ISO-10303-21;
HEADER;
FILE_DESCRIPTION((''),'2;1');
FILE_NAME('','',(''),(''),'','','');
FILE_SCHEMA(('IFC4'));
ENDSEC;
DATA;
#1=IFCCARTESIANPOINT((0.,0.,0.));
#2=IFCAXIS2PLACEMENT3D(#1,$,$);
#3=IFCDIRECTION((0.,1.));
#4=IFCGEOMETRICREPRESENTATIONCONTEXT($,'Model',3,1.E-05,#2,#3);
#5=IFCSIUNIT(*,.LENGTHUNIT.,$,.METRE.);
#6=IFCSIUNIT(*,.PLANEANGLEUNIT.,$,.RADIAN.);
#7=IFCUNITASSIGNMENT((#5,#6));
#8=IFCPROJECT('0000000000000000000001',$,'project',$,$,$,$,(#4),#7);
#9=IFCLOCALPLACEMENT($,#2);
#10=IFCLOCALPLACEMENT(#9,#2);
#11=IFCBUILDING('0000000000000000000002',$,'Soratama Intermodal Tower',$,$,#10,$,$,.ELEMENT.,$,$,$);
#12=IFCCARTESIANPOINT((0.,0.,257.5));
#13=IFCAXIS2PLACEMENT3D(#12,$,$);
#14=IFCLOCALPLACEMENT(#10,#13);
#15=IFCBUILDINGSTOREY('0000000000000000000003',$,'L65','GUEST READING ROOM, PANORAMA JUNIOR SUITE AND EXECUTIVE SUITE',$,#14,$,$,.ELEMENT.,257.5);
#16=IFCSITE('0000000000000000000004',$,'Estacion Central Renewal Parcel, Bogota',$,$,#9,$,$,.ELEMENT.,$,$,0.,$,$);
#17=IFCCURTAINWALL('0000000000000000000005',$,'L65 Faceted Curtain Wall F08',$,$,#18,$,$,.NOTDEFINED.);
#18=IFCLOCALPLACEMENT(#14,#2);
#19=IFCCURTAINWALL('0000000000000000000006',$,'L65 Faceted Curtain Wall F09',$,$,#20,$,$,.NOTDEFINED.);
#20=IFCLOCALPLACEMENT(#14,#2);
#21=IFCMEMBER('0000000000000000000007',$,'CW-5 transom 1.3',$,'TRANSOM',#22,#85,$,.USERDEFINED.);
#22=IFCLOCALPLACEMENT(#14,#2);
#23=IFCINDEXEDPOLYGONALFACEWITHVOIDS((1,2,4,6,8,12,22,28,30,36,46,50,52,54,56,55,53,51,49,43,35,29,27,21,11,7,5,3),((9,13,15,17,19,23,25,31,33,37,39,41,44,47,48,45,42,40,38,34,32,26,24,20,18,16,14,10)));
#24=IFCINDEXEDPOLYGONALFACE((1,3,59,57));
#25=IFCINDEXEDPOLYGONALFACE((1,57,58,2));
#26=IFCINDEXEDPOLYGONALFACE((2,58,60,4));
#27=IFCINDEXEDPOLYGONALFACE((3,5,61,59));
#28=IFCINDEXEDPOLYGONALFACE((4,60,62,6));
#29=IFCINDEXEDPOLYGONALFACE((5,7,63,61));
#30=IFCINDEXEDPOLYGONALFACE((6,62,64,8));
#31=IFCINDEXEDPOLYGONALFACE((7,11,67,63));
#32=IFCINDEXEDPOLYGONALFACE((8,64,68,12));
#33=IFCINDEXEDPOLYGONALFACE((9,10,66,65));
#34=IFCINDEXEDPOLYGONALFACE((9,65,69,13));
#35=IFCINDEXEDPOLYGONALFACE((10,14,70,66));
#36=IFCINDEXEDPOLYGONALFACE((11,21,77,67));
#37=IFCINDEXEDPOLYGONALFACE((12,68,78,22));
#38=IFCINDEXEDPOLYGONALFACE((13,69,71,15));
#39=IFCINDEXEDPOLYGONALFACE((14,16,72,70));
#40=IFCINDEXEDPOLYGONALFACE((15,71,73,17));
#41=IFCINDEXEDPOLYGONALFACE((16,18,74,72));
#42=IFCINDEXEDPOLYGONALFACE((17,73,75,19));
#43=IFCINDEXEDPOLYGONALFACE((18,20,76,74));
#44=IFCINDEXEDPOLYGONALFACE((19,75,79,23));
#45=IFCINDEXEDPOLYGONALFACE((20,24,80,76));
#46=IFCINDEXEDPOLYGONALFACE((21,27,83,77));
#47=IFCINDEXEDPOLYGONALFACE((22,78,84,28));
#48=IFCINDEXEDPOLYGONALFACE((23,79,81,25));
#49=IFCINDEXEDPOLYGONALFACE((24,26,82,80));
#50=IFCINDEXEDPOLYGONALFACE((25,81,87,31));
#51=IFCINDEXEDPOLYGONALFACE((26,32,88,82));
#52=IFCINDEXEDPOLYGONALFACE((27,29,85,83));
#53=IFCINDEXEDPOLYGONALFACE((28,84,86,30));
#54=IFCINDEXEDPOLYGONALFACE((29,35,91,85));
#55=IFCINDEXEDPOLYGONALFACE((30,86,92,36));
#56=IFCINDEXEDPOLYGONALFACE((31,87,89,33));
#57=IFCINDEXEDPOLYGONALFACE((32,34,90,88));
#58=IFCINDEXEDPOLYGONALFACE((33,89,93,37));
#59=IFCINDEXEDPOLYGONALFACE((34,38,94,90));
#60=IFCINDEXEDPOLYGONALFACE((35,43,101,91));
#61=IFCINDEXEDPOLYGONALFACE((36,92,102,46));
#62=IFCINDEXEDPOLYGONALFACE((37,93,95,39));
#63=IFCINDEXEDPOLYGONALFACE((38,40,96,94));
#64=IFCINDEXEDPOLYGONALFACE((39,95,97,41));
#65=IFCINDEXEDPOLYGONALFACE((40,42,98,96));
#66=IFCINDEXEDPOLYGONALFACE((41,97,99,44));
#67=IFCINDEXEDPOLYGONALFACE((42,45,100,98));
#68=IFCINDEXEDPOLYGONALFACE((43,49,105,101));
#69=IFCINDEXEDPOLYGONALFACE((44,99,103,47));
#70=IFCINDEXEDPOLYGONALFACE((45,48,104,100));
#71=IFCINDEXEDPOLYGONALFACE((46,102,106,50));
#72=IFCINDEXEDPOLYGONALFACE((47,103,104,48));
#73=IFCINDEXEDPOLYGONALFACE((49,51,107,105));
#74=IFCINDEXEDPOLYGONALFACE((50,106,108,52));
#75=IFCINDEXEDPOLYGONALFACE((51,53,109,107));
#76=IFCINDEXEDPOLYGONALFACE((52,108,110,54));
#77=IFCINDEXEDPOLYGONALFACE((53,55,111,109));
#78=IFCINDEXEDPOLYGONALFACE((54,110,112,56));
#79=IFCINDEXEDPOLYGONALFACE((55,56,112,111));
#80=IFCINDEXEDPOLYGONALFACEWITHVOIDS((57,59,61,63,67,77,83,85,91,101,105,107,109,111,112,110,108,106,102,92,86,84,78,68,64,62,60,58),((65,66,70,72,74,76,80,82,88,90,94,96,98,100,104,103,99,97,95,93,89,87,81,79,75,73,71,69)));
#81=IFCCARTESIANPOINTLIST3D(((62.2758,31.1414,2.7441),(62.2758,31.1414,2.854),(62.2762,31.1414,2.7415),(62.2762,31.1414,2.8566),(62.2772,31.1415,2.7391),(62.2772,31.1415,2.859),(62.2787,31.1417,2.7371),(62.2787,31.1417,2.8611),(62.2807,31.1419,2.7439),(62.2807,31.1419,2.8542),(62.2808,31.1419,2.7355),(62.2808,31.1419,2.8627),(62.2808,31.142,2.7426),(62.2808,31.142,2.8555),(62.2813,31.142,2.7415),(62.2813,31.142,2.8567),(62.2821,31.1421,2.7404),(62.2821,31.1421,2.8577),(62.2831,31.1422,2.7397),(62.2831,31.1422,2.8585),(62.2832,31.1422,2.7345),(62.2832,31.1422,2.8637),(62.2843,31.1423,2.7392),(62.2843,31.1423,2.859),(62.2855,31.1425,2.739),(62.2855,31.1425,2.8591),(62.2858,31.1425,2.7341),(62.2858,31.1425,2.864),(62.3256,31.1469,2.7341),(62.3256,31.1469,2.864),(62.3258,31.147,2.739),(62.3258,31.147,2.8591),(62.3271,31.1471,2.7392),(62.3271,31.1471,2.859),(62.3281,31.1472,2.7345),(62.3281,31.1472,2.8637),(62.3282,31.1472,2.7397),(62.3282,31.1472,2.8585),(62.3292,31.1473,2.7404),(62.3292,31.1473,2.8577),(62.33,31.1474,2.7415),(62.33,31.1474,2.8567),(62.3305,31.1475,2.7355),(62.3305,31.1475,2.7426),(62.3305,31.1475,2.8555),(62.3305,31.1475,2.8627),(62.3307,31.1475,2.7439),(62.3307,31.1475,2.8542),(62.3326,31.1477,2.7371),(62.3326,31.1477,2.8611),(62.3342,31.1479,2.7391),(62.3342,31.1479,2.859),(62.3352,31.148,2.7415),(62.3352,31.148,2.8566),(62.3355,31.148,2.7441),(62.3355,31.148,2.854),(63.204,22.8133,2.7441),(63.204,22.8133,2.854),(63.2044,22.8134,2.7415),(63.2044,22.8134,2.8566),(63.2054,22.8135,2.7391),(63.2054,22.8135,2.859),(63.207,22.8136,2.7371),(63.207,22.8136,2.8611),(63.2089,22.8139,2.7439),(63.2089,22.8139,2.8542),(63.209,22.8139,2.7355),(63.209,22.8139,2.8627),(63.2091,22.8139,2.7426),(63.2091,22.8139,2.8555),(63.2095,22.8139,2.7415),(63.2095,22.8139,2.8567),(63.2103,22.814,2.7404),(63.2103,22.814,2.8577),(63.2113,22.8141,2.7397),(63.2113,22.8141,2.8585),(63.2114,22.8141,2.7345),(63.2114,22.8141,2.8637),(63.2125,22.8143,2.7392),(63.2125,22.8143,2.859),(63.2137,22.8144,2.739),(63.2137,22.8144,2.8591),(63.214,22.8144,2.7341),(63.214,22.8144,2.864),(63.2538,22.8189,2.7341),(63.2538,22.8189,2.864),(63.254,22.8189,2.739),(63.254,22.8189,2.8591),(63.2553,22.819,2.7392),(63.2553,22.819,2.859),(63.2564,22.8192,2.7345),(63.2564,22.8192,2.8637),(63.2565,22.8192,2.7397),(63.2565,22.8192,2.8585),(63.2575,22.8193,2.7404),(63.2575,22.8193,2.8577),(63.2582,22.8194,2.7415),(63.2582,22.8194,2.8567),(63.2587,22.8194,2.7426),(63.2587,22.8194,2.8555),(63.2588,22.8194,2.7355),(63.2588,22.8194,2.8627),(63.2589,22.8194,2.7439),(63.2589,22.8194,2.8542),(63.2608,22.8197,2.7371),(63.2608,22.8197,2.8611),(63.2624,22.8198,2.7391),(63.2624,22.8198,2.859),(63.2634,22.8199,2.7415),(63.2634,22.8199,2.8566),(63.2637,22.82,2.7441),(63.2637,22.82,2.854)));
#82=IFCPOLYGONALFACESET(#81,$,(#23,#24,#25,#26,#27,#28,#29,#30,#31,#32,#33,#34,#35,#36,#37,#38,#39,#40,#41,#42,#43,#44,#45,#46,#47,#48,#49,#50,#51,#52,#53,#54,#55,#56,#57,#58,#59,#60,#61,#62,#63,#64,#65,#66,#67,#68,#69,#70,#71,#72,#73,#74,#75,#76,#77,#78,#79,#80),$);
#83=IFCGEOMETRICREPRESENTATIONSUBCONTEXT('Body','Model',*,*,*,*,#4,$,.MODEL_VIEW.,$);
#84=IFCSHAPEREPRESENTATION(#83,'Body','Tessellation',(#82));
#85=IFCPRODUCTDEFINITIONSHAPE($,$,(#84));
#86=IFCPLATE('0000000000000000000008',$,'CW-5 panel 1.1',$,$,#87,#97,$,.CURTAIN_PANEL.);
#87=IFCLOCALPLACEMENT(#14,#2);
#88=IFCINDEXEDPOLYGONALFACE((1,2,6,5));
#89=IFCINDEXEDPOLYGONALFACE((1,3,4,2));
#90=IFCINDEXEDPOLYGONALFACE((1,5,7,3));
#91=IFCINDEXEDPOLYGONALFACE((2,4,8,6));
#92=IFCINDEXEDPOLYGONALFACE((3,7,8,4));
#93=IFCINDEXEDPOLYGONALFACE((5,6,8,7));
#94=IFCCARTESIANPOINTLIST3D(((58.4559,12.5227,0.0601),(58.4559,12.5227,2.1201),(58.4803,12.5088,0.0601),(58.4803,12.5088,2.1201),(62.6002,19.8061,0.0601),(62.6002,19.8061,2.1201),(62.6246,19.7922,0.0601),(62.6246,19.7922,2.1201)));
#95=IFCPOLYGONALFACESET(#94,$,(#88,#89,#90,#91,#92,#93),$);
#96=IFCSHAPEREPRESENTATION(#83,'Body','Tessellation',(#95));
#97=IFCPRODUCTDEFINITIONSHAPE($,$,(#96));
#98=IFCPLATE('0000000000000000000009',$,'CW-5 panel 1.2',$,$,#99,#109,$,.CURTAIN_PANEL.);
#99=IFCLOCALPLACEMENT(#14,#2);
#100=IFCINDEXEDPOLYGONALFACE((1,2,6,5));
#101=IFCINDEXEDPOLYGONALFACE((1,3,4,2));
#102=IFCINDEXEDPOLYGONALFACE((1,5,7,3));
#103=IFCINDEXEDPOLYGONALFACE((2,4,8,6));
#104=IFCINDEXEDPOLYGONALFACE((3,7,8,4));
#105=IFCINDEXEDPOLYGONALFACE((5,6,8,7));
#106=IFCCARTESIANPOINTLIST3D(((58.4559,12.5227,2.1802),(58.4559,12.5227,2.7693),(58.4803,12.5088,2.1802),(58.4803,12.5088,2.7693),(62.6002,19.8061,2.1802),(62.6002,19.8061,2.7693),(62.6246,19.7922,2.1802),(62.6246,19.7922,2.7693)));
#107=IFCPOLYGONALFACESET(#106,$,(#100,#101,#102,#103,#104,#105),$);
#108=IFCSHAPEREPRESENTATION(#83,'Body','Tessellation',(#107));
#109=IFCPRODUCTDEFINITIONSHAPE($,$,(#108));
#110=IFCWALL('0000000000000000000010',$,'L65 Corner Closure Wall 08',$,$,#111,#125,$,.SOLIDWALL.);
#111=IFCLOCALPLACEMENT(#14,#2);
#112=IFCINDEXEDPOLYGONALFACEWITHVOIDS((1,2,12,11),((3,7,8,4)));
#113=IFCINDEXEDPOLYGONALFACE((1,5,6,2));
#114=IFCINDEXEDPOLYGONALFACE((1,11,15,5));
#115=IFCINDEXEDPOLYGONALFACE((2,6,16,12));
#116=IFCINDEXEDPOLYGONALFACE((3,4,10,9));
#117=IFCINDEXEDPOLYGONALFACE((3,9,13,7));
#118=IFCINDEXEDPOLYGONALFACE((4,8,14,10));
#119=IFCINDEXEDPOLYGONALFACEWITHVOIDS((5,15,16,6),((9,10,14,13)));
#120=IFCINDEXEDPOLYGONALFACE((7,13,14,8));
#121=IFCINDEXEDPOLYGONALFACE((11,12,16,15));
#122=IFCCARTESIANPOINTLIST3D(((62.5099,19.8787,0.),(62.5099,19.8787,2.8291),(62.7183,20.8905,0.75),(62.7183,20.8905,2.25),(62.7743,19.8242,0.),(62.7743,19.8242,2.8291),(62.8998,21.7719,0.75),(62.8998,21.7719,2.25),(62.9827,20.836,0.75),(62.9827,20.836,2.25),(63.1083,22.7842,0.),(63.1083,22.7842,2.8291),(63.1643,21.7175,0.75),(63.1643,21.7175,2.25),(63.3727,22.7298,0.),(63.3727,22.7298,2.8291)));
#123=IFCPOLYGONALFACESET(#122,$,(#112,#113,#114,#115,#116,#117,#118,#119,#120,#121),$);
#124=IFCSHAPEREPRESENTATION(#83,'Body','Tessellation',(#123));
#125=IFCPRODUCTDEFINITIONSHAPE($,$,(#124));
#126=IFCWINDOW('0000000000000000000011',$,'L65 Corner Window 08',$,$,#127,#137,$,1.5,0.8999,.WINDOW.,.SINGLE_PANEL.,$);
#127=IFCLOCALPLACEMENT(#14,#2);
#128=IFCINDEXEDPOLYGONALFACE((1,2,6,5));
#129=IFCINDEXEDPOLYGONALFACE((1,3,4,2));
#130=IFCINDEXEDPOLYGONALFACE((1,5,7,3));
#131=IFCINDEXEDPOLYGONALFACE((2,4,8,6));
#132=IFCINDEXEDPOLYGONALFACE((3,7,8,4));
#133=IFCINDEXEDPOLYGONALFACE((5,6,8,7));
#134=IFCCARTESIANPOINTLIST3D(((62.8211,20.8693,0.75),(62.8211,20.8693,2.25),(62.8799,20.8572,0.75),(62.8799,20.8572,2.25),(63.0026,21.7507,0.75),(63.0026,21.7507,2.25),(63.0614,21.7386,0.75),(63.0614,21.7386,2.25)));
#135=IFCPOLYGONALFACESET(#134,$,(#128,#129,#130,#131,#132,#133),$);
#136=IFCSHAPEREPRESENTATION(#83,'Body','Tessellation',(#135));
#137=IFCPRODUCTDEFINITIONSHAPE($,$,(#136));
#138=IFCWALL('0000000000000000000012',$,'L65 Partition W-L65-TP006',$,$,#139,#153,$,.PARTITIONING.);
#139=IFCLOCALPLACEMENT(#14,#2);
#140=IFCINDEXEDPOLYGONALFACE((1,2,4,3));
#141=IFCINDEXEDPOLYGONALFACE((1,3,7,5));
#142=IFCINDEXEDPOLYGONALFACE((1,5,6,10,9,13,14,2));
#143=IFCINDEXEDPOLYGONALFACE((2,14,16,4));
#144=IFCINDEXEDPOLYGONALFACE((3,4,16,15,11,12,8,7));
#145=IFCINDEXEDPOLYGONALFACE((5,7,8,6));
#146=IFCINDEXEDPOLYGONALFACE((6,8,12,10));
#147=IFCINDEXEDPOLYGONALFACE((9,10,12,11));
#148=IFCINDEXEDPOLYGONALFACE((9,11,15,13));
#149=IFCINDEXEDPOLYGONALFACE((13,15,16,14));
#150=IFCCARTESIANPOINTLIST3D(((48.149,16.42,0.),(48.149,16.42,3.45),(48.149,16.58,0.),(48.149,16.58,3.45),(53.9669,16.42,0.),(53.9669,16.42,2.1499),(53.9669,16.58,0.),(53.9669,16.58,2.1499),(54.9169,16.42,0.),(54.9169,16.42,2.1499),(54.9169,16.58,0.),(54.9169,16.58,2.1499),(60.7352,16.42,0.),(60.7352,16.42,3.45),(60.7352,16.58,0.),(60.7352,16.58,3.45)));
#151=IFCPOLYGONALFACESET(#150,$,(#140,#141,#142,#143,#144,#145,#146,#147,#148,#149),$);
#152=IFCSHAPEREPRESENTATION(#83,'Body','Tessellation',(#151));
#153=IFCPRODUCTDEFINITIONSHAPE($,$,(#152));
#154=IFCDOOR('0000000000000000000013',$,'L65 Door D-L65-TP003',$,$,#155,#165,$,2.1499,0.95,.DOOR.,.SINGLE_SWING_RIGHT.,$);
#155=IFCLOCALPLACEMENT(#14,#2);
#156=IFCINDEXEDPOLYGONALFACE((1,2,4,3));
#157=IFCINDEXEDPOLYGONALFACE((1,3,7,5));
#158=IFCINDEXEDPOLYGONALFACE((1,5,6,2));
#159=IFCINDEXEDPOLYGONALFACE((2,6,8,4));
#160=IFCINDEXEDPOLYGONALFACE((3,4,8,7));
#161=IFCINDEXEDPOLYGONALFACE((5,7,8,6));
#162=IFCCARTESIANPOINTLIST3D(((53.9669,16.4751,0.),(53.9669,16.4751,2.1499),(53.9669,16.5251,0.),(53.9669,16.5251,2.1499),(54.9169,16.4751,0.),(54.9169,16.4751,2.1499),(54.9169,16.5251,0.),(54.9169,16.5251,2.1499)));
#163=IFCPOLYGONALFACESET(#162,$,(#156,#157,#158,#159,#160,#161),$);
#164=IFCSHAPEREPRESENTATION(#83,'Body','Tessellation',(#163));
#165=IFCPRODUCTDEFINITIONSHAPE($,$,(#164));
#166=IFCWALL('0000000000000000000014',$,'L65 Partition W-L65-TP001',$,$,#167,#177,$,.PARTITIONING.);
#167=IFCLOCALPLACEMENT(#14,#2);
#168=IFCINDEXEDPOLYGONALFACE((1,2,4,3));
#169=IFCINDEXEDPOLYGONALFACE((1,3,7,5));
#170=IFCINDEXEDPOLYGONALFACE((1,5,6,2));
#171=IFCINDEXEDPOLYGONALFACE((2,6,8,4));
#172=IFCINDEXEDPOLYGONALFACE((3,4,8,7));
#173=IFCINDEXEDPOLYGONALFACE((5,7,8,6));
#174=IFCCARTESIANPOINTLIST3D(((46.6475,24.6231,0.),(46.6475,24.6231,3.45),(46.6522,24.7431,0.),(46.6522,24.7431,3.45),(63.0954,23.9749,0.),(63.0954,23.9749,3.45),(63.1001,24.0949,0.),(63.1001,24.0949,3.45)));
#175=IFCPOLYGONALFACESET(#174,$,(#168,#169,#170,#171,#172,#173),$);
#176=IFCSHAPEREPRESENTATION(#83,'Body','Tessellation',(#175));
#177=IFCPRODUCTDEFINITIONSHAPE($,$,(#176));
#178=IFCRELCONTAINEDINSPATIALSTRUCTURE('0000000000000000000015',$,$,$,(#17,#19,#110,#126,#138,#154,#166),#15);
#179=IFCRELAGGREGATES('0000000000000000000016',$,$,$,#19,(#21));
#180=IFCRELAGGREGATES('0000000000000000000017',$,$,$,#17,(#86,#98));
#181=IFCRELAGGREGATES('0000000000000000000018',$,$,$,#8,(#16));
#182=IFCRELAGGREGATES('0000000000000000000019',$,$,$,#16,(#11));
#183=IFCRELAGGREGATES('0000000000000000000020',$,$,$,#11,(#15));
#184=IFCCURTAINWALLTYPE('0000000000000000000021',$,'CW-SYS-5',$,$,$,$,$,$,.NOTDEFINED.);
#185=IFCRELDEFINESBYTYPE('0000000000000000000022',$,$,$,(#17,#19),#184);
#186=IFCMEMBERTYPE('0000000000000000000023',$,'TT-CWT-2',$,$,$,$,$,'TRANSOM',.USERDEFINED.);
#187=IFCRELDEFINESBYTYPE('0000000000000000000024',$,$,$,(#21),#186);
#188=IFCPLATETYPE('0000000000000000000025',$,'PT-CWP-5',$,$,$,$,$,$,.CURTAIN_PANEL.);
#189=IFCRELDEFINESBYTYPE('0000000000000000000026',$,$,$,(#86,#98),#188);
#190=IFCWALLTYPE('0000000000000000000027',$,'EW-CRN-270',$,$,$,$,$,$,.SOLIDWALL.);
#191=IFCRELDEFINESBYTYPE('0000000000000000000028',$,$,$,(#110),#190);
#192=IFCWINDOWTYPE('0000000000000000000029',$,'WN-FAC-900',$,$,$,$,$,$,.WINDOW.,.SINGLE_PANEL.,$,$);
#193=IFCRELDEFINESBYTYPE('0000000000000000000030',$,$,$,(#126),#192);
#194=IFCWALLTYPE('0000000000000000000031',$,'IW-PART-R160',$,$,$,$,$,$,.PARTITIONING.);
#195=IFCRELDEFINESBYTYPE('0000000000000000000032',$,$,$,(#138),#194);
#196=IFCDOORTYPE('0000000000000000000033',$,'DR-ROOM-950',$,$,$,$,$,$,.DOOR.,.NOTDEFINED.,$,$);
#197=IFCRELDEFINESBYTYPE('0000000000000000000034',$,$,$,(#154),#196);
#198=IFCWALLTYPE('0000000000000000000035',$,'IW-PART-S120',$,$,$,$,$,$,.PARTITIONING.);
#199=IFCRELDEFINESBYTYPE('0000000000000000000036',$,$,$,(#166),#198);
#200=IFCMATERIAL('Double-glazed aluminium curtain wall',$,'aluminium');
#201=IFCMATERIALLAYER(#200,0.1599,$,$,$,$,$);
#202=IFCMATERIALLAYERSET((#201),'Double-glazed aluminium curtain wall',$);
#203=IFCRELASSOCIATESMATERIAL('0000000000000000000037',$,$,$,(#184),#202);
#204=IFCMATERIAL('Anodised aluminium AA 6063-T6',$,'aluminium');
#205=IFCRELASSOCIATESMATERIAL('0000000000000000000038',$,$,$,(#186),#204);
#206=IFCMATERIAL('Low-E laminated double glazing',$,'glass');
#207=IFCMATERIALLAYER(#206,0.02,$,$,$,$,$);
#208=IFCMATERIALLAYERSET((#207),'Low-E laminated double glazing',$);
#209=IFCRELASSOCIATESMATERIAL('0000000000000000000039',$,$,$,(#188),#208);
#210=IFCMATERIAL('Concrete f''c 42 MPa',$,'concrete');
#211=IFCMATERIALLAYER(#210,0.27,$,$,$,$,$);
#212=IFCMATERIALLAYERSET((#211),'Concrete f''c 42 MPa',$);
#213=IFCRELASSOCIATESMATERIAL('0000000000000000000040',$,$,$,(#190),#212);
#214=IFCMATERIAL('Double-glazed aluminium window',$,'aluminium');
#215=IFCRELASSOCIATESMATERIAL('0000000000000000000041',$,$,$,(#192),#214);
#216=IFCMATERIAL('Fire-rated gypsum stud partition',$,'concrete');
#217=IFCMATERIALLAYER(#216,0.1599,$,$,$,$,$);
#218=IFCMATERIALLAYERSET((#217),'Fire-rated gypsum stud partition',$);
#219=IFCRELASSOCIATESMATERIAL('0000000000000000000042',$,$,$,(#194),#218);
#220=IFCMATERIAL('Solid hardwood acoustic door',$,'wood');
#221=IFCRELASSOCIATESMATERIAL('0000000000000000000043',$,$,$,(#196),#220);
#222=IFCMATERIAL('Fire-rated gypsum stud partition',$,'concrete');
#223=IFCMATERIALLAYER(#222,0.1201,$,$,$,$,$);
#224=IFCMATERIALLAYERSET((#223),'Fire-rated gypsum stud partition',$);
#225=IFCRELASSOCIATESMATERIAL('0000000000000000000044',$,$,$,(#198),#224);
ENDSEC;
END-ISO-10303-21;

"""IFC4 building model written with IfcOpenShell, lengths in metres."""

from ifc_helpers import new_model, si_unit, direction, frame, frame_2d, origin, origin_2d, place, context, subcontext, project, spatial, rectangle, hollow_rectangle, extrude, material, layer, layer_set, material_profile, profile_set, type_object, element, fill, aggregate, save


model = new_model("IFC4")

# Units and contexts
model_context = context("Model", 3, precision=1e-05, world=origin(), true_north=direction((0.0, 1.0)))
body_context = subcontext(model_context, "Body", "Model", "MODEL_VIEW")
ifc_project = project(units=[si_unit("LENGTHUNIT", "METRE"), si_unit("PLANEANGLEUNIT", "RADIAN")], contexts=[model_context])

# Site, building, storey
site_placement = place(None, origin())
site = spatial("IfcSite", under=ifc_project, at=site_placement, Name="Estacion Central Renewal Parcel, Bogota", CompositionType="ELEMENT", RefElevation=0.0)
building_placement = place(site_placement, origin())
building = spatial("IfcBuilding", under=site, at=building_placement, Name="Soratama Intermodal Tower", CompositionType="ELEMENT")
storey_placement = place(building_placement, frame((0.0, 0.0, 257.5)))
storey = spatial("IfcBuildingStorey", under=building, at=storey_placement, Name="L65", Description="GUEST READING ROOM, PANORAMA JUNIOR SUITE AND EXECUTIVE SUITE", CompositionType="ELEMENT", Elevation=257.5)

# Curtain wall
ifc_material_1 = material(Name="Double-glazed aluminium curtain wall", Category="aluminium")
ifc_layer_1 = layer(ifc_material_1, 0.1599)
ifc_layer_set_1 = layer_set([ifc_layer_1], Name="Double-glazed aluminium curtain wall")
curtain_wall_type = type_object("IfcCurtainWallType", Name="CW-SYS-5", PredefinedType="NOTDEFINED", material=ifc_layer_set_1)
curtain_wall_1_placement = place(storey_placement, origin())
curtain_wall_1 = element("IfcCurtainWall", 1, at=curtain_wall_1_placement, inside=storey, type_object=curtain_wall_type, Name="L65 Faceted Curtain Wall F08", PredefinedType="NOTDEFINED")

# Curtain wall, member
curtain_wall_2_placement = place(storey_placement, origin())
curtain_wall_2 = element("IfcCurtainWall", 2, at=curtain_wall_2_placement, inside=storey, type_object=curtain_wall_type, Name="L65 Faceted Curtain Wall F09", PredefinedType="NOTDEFINED")
ifc_material_2 = material(Name="Anodised aluminium AA 6063-T6", Category="aluminium")
ifc_material_profile_1 = material_profile(ifc_material_2, hollow_rectangle(XDim=0.0601, YDim=0.1299, WallThickness=0.0049, InnerFilletRadius=0.0049, OuterFilletRadius=0.01, at=origin_2d()), Name="CWT130X60X5")
ifc_profile_set_1 = profile_set([ifc_material_profile_1], Name="Anodised aluminium AA 6063-T6")
member_type_1 = type_object("IfcMemberType", Name="TT-CWT-2", ElementType="TRANSOM", PredefinedType="USERDEFINED", material=ifc_profile_set_1)
member_1_placement = place(storey_placement, frame((63.2339, 22.8167, 2.7991), z_axis=(-0.11077, 0.993846, 0.0), x_axis=(-0.993846, -0.11077, 0.0)))
member_1 = element("IfcMember", 3, at=member_1_placement, type_object=member_type_1, Name="CW-5 transom 1.3", ObjectType="TRANSOM", PredefinedType="USERDEFINED", context=body_context, shape_type="SweptSolid", body=[
    extrude(hollow_rectangle(XDim=0.0601, YDim=0.1299, WallThickness=0.0049, InnerFilletRadius=0.0049, OuterFilletRadius=0.01, at=origin_2d()), origin(), (0.0, 0.0, 1.0), 8.3796),
])
aggregate(curtain_wall_2, [member_1])

# Plates
ifc_material_3 = material(Name="Low-E laminated double glazing", Category="glass")
ifc_layer_2 = layer(ifc_material_3, 0.02)
ifc_layer_set_2 = layer_set([ifc_layer_2], Name="Low-E laminated double glazing")
plate_type = type_object("IfcPlateType", Name="PT-CWP-5", PredefinedType="CURTAIN_PANEL", material=ifc_layer_set_2)
plate_1_placement = place(storey_placement, frame((60.5403, 16.1575, 0.0601), z_axis=(0.0, 0.0, 1.0), x_axis=(0.494552, 0.869148, 0.0)))
plate_1 = element("IfcPlate", 4, at=plate_1_placement, type_object=plate_type, Name="CW-5 panel 1.1", PredefinedType="CURTAIN_PANEL", context=body_context, shape_type="SweptSolid", body=[
    extrude(rectangle(XDim=8.3799, YDim=0.0281, at=origin_2d()), origin(), (0.0, 0.0, 1.0), 2.0601),
])
plate_2_placement = place(storey_placement, frame((60.5403, 16.1575, 2.1802), z_axis=(0.0, 0.0, 1.0), x_axis=(0.494552, 0.869148, 0.0)))
plate_2 = element("IfcPlate", 5, at=plate_2_placement, type_object=plate_type, Name="CW-5 panel 1.2", PredefinedType="CURTAIN_PANEL", context=body_context, shape_type="SweptSolid", body=[
    extrude(rectangle(XDim=8.3799, YDim=0.0281, at=origin_2d()), origin(), (0.0, 0.0, 1.0), 0.5891),
])
aggregate(curtain_wall_1, [plate_1, plate_2])

# Wall, opening, window
ifc_material_4 = material(Name="Concrete f'c 42 MPa", Category="concrete")
ifc_layer_3 = layer(ifc_material_4, 0.27)
ifc_layer_set_3 = layer_set([ifc_layer_3], Name="Concrete f'c 42 MPa")
wall_type_1 = type_object("IfcWallType", Name="EW-CRN-270", PredefinedType="SOLIDWALL", material=ifc_layer_set_3)
wall_1_placement = place(storey_placement, frame((62.6421, 19.8513, 0.0), z_axis=(0.0, 0.0, 1.0), x_axis=(0.201716, 0.979444, 0.0)))
wall_1 = element("IfcWall", 6, at=wall_1_placement, inside=storey, type_object=wall_type_1, Name="L65 Corner Closure Wall 08", PredefinedType="SOLIDWALL", context=body_context, shape_type="SweptSolid", body=[
    extrude(rectangle(XDim=2.9666, YDim=0.27, at=frame_2d((1.4834, 0.0))), origin(), (0.0, 0.0, 1.0), 2.8291),
])
opening_1_placement = place(wall_1_placement, frame((1.0332, 0.0, 0.75)))
opening_1 = element("IfcOpeningElement", 7, at=opening_1_placement, cuts=wall_1, PredefinedType="OPENING", context=body_context, shape_type="SweptSolid", body=[
    extrude(rectangle(XDim=0.8999, YDim=1.5, at=frame_2d((0.45, 0.75))), frame((0.0, 0.145, 0.0), z_axis=(0.0, -1.0, 0.0), x_axis=(1.0, 0.0, 0.0)), (0.0, 0.0, 1.0), 0.29),
])
ifc_material_5 = material(Name="Double-glazed aluminium window", Category="aluminium")
window_type = type_object("IfcWindowType", Name="WN-FAC-900", PartitioningType="SINGLE_PANEL", PredefinedType="WINDOW", material=ifc_material_5)
window_placement = place(opening_1_placement, origin())
window = element("IfcWindow", 8, at=window_placement, inside=storey, type_object=window_type, Name="L65 Corner Window 08", OverallHeight=1.5, OverallWidth=0.8999, PartitioningType="SINGLE_PANEL", PredefinedType="WINDOW", context=body_context, shape_type="SweptSolid", body=[
    extrude(rectangle(XDim=0.8999, YDim=1.5, at=frame_2d((0.45, 0.75))), frame((0.0, 0.03, 0.0), z_axis=(0.0, -1.0, 0.0), x_axis=(1.0, 0.0, 0.0)), (0.0, 0.0, 1.0), 0.0601),
])
fill(opening_1, window)

# Wall, opening, door
ifc_material_6 = material(Name="Fire-rated gypsum stud partition", Category="concrete")
ifc_layer_4 = layer(ifc_material_6, 0.1599)
ifc_layer_set_4 = layer_set([ifc_layer_4], Name="Fire-rated gypsum stud partition")
wall_type_2 = type_object("IfcWallType", Name="IW-PART-R160", PredefinedType="PARTITIONING", material=ifc_layer_set_4)
wall_2_placement = place(storey_placement, frame((60.7351, 16.5, 0.0), z_axis=(0.0, 0.0, 1.0), x_axis=(-1.0, 0.0, 0.0)))
wall_2 = element("IfcWall", 9, at=wall_2_placement, inside=storey, type_object=wall_type_2, Name="L65 Partition W-L65-TP006", PredefinedType="PARTITIONING", context=body_context, shape_type="SweptSolid", body=[
    extrude(rectangle(XDim=12.5862, YDim=0.1599, at=frame_2d((6.293, 0.0))), origin(), (0.0, 0.0, 1.0), 3.45),
])
opening_2_placement = place(wall_2_placement, frame((5.8181, 0.0, 0.0)))
opening_2 = element("IfcOpeningElement", 10, at=opening_2_placement, cuts=wall_2, PredefinedType="OPENING", context=body_context, shape_type="SweptSolid", body=[
    extrude(rectangle(XDim=0.95, YDim=2.1499, at=frame_2d((0.4751, 1.075))), frame((0.0, 0.0898, 0.0), z_axis=(0.0, -1.0, 0.0), x_axis=(1.0, 0.0, 0.0)), (0.0, 0.0, 1.0), 0.1799),
])
ifc_material_7 = material(Name="Solid hardwood acoustic door", Category="wood")
door_type = type_object("IfcDoorType", Name="DR-ROOM-950", OperationType="NOTDEFINED", PredefinedType="DOOR", material=ifc_material_7)
door_placement = place(opening_2_placement, origin())
door = element("IfcDoor", 11, at=door_placement, inside=storey, type_object=door_type, Name="L65 Door D-L65-TP003", OperationType="SINGLE_SWING_RIGHT", OverallHeight=2.1499, OverallWidth=0.95, PredefinedType="DOOR", context=body_context, shape_type="SweptSolid", body=[
    extrude(rectangle(XDim=0.95, YDim=2.1499, at=frame_2d((0.4751, 1.075))), frame((0.0, 0.0249, 0.0), z_axis=(0.0, -1.0, 0.0), x_axis=(1.0, 0.0, 0.0)), (0.0, 0.0, 1.0), 0.05),
])
fill(opening_2, door)

# Wall
ifc_material_8 = material(Name="Fire-rated gypsum stud partition", Category="concrete")
ifc_layer_5 = layer(ifc_material_8, 0.1201)
ifc_layer_set_5 = layer_set([ifc_layer_5], Name="Fire-rated gypsum stud partition")
wall_type_3 = type_object("IfcWallType", Name="IW-PART-S120", PredefinedType="PARTITIONING", material=ifc_layer_set_5)
wall_3_placement = place(storey_placement, frame((63.0979, 24.0349, 0.0), z_axis=(0.0, 0.0, 1.0), x_axis=(-0.999224, 0.039378, 0.0)))
element("IfcWall", 12, at=wall_3_placement, inside=storey, type_object=wall_type_3, Name="L65 Partition W-L65-TP001", PredefinedType="PARTITIONING", context=body_context, shape_type="SweptSolid", body=[
    extrude(rectangle(XDim=16.4607, YDim=0.1201, at=frame_2d((8.2305, 0.0))), origin(), (0.0, 0.0, 1.0), 3.45),
])

save(model, "model.ifc")
